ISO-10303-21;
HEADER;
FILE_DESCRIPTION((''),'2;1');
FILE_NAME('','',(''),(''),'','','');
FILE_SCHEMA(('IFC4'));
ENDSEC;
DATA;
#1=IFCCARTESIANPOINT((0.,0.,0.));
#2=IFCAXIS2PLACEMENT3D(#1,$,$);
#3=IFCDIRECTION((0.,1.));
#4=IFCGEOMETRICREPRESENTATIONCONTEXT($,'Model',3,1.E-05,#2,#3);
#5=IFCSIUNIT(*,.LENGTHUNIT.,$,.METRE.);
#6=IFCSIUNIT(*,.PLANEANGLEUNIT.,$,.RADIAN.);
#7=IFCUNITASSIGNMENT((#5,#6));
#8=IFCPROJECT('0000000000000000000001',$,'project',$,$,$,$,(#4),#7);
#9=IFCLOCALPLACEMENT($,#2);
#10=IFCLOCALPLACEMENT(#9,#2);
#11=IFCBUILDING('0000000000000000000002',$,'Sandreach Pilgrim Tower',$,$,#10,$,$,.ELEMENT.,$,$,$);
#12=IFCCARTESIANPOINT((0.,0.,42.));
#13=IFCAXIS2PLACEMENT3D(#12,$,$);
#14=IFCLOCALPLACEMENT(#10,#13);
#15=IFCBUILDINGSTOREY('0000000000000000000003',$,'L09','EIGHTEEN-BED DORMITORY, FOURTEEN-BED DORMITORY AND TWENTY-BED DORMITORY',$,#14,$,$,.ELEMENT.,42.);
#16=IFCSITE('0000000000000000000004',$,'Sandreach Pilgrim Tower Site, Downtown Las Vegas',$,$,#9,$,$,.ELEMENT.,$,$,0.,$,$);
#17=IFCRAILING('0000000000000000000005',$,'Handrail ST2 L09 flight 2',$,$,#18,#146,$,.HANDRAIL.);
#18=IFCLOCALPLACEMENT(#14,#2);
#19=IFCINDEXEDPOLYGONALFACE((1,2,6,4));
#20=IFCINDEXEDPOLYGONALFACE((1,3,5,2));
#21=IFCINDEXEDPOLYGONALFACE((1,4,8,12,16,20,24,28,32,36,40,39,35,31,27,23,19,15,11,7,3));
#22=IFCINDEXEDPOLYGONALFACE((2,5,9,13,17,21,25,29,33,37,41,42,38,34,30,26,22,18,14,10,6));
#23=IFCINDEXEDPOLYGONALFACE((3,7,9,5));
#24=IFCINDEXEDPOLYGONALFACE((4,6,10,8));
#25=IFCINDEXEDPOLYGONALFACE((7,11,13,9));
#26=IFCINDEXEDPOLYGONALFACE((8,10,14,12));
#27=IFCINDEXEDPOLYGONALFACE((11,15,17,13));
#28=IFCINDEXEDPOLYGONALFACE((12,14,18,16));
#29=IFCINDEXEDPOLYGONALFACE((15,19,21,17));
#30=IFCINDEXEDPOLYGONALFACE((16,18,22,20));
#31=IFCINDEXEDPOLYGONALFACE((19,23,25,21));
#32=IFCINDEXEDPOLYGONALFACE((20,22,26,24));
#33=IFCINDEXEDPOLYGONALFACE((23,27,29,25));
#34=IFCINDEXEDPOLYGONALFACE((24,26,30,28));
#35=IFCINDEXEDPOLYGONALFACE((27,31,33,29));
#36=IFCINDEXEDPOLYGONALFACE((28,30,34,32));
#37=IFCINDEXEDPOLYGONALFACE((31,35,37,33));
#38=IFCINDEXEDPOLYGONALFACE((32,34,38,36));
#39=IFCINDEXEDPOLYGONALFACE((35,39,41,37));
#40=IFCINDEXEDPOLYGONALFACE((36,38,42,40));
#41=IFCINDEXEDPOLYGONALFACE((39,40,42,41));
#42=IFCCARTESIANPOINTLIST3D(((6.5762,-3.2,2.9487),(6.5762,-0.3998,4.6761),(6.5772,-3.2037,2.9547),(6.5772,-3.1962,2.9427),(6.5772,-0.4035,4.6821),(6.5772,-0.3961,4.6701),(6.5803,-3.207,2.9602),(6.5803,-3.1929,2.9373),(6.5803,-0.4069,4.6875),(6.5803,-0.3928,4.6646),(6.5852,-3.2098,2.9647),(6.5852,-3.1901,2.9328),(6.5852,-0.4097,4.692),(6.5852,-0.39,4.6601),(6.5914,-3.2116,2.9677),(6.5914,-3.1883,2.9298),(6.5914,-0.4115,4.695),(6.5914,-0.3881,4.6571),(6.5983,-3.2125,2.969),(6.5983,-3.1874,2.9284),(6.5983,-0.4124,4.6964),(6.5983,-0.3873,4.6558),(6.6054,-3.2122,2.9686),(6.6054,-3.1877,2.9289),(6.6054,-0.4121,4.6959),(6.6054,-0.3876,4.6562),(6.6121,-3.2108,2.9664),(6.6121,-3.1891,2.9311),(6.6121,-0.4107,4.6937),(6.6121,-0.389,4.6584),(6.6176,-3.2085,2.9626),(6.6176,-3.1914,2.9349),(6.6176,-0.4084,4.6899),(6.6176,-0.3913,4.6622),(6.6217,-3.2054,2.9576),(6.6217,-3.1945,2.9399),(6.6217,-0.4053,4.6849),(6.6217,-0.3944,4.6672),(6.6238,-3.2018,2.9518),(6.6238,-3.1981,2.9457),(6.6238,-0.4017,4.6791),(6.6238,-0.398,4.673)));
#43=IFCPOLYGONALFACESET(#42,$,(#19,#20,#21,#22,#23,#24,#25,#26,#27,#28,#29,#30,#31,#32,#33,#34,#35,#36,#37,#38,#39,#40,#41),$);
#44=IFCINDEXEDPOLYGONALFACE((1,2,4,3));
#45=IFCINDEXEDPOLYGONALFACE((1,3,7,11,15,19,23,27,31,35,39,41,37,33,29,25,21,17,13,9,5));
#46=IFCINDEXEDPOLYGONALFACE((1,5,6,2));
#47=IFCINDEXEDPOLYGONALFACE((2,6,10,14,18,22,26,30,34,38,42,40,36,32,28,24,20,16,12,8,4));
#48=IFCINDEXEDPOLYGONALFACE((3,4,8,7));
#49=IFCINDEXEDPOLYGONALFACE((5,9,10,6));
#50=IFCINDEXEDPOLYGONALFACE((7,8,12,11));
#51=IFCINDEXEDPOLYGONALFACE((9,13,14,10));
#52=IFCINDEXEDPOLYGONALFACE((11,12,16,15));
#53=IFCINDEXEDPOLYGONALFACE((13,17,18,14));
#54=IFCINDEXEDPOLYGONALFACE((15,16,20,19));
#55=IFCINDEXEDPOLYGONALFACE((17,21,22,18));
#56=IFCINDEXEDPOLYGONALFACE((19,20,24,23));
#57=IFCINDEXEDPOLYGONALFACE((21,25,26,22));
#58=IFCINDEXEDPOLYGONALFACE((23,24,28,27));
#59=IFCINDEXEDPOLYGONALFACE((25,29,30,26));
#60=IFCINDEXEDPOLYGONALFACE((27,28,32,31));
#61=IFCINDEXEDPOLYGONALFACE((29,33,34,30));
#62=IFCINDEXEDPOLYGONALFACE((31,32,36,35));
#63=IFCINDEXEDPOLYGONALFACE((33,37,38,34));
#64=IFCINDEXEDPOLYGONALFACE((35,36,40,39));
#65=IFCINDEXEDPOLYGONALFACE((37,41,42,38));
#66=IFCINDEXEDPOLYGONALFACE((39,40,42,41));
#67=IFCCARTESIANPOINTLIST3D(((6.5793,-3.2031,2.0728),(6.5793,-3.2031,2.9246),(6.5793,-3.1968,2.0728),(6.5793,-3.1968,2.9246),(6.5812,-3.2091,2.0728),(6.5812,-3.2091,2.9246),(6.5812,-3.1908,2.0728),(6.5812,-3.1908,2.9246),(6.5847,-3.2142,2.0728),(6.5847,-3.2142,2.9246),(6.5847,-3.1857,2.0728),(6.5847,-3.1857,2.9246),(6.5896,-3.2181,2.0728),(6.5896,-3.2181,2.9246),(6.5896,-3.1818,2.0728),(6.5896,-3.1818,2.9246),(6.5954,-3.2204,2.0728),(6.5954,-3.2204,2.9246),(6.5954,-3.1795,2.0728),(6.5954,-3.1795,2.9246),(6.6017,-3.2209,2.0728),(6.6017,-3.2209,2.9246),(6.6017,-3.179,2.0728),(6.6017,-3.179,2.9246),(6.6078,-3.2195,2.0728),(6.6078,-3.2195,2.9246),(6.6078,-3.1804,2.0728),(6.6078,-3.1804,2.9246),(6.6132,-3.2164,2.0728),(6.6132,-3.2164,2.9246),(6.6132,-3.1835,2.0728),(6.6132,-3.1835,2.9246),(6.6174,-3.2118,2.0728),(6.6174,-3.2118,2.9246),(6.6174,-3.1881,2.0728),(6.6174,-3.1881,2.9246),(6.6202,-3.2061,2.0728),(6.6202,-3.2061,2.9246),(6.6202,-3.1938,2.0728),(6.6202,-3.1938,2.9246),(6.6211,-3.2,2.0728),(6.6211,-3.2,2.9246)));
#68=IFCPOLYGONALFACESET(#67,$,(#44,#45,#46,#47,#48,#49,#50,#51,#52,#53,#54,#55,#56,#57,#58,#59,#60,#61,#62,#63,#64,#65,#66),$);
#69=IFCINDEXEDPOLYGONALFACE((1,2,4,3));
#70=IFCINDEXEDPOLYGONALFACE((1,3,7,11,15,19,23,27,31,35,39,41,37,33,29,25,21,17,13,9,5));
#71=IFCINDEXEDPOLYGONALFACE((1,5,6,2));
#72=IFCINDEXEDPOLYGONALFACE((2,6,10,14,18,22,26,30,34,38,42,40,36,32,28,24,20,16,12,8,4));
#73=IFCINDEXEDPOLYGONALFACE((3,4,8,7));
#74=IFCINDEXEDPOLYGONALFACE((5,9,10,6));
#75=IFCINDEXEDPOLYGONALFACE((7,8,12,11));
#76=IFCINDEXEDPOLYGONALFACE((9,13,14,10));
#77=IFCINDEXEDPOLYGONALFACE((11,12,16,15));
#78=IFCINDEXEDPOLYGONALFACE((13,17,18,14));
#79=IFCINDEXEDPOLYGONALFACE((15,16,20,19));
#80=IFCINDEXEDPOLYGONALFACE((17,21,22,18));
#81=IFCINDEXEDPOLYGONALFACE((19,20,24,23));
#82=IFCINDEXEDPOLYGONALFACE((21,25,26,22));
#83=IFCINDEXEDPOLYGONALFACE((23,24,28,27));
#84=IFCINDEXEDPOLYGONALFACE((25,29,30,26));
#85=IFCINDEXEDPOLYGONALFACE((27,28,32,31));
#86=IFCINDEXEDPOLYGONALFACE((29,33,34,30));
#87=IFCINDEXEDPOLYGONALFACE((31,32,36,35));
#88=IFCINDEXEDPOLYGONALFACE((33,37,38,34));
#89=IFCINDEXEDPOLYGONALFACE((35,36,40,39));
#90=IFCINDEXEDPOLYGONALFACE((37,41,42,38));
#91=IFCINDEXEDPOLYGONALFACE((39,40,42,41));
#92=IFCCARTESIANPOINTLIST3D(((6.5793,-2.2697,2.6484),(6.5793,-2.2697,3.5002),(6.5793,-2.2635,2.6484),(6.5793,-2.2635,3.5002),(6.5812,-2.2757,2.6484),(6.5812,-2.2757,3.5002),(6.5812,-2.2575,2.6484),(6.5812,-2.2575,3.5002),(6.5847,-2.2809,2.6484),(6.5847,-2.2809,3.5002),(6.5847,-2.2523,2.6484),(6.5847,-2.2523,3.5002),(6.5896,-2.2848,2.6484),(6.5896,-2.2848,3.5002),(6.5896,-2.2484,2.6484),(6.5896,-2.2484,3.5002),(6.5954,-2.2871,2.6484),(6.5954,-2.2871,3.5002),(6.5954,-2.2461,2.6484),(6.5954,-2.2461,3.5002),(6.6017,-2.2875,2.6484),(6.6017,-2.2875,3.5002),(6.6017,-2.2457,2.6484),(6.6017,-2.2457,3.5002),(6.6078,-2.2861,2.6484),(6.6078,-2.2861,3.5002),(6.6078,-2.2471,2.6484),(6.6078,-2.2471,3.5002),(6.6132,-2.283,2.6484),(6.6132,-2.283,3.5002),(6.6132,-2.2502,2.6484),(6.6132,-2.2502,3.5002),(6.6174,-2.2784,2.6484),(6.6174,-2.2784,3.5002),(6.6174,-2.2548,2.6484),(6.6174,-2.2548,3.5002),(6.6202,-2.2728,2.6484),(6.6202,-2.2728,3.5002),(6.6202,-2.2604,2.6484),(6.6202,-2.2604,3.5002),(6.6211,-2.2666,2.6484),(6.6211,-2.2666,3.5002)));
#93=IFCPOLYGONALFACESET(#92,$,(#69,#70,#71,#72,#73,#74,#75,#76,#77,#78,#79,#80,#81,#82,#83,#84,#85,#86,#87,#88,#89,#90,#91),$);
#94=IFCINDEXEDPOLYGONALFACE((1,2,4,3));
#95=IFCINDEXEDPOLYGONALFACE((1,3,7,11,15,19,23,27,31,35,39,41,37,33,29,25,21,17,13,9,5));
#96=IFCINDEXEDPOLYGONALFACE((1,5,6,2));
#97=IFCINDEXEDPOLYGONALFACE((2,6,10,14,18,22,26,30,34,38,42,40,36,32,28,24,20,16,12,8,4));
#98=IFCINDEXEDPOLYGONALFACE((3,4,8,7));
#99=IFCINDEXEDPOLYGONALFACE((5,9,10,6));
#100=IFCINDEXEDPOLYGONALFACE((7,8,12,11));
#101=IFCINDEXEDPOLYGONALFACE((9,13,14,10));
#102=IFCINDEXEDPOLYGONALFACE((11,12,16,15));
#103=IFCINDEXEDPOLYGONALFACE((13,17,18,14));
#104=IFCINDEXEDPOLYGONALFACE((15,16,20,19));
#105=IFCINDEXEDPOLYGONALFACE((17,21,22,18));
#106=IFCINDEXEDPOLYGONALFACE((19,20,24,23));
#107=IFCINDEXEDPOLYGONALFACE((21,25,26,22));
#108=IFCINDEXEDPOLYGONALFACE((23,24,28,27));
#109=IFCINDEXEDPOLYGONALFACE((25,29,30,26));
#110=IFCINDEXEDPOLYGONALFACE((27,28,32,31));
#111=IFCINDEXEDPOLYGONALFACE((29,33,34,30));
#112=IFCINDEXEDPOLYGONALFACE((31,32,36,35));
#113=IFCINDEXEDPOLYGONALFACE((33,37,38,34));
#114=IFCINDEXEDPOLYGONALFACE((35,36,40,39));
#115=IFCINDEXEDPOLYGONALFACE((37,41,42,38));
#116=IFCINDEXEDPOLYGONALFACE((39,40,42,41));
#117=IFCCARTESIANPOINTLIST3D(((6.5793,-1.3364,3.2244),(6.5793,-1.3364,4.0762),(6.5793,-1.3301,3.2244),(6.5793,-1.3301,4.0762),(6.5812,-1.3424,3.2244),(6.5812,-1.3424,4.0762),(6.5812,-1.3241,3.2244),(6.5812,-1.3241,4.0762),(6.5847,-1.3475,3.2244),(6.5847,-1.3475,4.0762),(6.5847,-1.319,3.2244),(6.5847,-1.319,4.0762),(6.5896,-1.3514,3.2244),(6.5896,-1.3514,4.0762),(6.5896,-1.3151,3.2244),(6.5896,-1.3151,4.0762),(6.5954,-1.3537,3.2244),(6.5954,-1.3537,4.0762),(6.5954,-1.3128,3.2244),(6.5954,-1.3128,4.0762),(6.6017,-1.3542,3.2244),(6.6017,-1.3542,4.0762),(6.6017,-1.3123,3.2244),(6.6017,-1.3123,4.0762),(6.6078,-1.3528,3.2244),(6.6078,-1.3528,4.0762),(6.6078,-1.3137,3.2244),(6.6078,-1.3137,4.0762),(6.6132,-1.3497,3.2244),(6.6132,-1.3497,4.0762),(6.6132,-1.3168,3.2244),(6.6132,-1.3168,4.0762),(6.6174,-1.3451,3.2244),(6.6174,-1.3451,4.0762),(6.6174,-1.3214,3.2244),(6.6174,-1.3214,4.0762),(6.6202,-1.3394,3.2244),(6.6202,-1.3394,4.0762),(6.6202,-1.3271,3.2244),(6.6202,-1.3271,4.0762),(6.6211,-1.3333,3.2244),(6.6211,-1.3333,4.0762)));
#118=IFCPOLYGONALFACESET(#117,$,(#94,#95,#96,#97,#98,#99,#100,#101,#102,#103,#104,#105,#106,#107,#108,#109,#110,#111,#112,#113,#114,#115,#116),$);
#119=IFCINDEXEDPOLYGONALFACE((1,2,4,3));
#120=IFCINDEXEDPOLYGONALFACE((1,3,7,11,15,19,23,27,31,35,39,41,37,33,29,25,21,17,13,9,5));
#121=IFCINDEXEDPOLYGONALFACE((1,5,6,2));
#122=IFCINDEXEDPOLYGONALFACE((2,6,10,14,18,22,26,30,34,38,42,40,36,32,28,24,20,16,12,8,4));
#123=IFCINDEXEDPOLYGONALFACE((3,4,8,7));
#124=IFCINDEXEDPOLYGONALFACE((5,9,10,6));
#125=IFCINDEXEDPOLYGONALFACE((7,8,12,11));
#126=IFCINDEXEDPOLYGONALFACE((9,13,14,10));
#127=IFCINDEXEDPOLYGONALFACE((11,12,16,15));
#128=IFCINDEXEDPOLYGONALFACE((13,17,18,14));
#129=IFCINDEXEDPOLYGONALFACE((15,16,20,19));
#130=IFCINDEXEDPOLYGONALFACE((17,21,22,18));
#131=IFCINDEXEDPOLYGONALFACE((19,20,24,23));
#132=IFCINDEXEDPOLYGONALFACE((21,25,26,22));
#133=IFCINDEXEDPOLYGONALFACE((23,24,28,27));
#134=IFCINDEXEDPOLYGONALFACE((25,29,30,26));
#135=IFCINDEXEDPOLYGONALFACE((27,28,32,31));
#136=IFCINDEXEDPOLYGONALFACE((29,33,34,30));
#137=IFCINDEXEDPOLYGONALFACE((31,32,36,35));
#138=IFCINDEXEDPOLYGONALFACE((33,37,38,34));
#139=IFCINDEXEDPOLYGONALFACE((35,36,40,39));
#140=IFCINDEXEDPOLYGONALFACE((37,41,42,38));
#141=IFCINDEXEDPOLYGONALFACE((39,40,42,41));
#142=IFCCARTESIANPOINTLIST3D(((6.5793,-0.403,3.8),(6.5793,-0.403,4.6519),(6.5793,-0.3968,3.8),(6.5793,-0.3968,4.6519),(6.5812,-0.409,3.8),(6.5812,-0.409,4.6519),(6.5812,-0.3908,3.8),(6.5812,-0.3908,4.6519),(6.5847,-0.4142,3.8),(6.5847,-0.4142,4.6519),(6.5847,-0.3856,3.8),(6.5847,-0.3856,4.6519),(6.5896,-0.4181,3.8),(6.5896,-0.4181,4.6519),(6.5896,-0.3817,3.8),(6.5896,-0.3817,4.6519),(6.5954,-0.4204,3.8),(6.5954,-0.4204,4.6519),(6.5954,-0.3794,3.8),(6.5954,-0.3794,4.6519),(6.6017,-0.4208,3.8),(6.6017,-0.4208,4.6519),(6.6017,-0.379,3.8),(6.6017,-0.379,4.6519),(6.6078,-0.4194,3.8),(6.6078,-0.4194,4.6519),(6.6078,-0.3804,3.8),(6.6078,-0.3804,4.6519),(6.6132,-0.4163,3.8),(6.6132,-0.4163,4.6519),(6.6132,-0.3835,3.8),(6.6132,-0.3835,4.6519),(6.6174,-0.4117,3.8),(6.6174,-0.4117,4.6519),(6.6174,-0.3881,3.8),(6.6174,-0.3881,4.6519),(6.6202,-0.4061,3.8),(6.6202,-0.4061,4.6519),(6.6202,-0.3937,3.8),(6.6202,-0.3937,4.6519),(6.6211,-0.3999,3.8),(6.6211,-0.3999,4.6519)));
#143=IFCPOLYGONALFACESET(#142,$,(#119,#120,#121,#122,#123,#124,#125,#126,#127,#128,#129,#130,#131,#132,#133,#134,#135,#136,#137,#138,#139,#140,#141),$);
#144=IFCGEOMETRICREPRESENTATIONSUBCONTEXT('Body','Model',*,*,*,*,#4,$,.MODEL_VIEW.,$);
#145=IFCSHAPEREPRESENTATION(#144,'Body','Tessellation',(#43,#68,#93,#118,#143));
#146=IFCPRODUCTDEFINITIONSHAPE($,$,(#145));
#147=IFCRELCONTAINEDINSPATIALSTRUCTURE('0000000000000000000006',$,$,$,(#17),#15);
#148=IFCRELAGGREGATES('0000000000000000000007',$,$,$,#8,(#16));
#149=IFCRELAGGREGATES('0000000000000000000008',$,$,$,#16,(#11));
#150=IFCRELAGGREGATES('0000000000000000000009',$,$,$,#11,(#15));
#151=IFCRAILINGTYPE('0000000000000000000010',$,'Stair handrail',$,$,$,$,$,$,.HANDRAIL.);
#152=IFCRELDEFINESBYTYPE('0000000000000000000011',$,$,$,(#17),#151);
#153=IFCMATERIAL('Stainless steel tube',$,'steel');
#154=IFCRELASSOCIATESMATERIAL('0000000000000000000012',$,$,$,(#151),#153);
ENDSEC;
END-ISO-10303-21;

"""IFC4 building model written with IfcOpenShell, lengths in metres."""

from ifc_helpers import new_model, si_unit, direction, frame, origin, origin_2d, place, context, subcontext, project, spatial, circle, extrude, material, type_object, element, save


model = new_model("IFC4")

# Units and contexts
model_context = context("Model", 3, precision=1e-05, world=origin(), true_north=direction((0.0, 1.0)))
body_context = subcontext(model_context, "Body", "Model", "MODEL_VIEW")
ifc_project = project(units=[si_unit("LENGTHUNIT", "METRE"), si_unit("PLANEANGLEUNIT", "RADIAN")], contexts=[model_context])

# Site, building, storey
site_placement = place(None, origin())
site = spatial("IfcSite", under=ifc_project, at=site_placement, Name="Sandreach Pilgrim Tower Site, Downtown Las Vegas", CompositionType="ELEMENT", RefElevation=0.0)
building_placement = place(site_placement, origin())
building = spatial("IfcBuilding", under=site, at=building_placement, Name="Sandreach Pilgrim Tower", CompositionType="ELEMENT")
storey_placement = place(building_placement, frame((0.0, 0.0, 42.0)))
storey = spatial("IfcBuildingStorey", under=building, at=storey_placement, Name="L09", Description="EIGHTEEN-BED DORMITORY, FOURTEEN-BED DORMITORY AND TWENTY-BED DORMITORY", CompositionType="ELEMENT", Elevation=42.0)

# Railing
ifc_material_1 = material(Name="Stainless steel tube", Category="steel")
railing_type = type_object("IfcRailingType", Name="Stair handrail", PredefinedType="HANDRAIL", material=ifc_material_1)
for number, where, name in (
    (1, (6.6001, -3.2, 2.0728), "Handrail ST2 L09 flight 2"),
):
    element("IfcRailing", number, at=place(storey_placement, frame(where)), inside=storey, type_object=railing_type, Name=name, PredefinedType="HANDRAIL", context=body_context, shape_type="SweptSolid", body=[
        extrude(circle(Radius=0.0239, at=origin_2d()), frame((0.0, 0.0, 0.876), z_axis=(0.0, 0.85109, 0.52502), x_axis=(-1.0, 0.0, 0.0)), (0.0, 0.0, 1.0), 3.29),
        extrude(circle(Radius=0.021, at=origin_2d()), origin(), (0.0, 0.0, 1.0), 0.8518),
        extrude(circle(Radius=0.021, at=origin_2d()), frame((0.0, 0.9333, 0.5757)), (0.0, 0.0, 1.0), 0.8518),
        extrude(circle(Radius=0.021, at=origin_2d()), frame((0.0, 1.8667, 1.1516)), (0.0, 0.0, 1.0), 0.8518),
        extrude(circle(Radius=0.021, at=origin_2d()), frame((0.0, 2.8, 1.7273)), (0.0, 0.0, 1.0), 0.8518),
    ])

save(model, "model.ifc")
